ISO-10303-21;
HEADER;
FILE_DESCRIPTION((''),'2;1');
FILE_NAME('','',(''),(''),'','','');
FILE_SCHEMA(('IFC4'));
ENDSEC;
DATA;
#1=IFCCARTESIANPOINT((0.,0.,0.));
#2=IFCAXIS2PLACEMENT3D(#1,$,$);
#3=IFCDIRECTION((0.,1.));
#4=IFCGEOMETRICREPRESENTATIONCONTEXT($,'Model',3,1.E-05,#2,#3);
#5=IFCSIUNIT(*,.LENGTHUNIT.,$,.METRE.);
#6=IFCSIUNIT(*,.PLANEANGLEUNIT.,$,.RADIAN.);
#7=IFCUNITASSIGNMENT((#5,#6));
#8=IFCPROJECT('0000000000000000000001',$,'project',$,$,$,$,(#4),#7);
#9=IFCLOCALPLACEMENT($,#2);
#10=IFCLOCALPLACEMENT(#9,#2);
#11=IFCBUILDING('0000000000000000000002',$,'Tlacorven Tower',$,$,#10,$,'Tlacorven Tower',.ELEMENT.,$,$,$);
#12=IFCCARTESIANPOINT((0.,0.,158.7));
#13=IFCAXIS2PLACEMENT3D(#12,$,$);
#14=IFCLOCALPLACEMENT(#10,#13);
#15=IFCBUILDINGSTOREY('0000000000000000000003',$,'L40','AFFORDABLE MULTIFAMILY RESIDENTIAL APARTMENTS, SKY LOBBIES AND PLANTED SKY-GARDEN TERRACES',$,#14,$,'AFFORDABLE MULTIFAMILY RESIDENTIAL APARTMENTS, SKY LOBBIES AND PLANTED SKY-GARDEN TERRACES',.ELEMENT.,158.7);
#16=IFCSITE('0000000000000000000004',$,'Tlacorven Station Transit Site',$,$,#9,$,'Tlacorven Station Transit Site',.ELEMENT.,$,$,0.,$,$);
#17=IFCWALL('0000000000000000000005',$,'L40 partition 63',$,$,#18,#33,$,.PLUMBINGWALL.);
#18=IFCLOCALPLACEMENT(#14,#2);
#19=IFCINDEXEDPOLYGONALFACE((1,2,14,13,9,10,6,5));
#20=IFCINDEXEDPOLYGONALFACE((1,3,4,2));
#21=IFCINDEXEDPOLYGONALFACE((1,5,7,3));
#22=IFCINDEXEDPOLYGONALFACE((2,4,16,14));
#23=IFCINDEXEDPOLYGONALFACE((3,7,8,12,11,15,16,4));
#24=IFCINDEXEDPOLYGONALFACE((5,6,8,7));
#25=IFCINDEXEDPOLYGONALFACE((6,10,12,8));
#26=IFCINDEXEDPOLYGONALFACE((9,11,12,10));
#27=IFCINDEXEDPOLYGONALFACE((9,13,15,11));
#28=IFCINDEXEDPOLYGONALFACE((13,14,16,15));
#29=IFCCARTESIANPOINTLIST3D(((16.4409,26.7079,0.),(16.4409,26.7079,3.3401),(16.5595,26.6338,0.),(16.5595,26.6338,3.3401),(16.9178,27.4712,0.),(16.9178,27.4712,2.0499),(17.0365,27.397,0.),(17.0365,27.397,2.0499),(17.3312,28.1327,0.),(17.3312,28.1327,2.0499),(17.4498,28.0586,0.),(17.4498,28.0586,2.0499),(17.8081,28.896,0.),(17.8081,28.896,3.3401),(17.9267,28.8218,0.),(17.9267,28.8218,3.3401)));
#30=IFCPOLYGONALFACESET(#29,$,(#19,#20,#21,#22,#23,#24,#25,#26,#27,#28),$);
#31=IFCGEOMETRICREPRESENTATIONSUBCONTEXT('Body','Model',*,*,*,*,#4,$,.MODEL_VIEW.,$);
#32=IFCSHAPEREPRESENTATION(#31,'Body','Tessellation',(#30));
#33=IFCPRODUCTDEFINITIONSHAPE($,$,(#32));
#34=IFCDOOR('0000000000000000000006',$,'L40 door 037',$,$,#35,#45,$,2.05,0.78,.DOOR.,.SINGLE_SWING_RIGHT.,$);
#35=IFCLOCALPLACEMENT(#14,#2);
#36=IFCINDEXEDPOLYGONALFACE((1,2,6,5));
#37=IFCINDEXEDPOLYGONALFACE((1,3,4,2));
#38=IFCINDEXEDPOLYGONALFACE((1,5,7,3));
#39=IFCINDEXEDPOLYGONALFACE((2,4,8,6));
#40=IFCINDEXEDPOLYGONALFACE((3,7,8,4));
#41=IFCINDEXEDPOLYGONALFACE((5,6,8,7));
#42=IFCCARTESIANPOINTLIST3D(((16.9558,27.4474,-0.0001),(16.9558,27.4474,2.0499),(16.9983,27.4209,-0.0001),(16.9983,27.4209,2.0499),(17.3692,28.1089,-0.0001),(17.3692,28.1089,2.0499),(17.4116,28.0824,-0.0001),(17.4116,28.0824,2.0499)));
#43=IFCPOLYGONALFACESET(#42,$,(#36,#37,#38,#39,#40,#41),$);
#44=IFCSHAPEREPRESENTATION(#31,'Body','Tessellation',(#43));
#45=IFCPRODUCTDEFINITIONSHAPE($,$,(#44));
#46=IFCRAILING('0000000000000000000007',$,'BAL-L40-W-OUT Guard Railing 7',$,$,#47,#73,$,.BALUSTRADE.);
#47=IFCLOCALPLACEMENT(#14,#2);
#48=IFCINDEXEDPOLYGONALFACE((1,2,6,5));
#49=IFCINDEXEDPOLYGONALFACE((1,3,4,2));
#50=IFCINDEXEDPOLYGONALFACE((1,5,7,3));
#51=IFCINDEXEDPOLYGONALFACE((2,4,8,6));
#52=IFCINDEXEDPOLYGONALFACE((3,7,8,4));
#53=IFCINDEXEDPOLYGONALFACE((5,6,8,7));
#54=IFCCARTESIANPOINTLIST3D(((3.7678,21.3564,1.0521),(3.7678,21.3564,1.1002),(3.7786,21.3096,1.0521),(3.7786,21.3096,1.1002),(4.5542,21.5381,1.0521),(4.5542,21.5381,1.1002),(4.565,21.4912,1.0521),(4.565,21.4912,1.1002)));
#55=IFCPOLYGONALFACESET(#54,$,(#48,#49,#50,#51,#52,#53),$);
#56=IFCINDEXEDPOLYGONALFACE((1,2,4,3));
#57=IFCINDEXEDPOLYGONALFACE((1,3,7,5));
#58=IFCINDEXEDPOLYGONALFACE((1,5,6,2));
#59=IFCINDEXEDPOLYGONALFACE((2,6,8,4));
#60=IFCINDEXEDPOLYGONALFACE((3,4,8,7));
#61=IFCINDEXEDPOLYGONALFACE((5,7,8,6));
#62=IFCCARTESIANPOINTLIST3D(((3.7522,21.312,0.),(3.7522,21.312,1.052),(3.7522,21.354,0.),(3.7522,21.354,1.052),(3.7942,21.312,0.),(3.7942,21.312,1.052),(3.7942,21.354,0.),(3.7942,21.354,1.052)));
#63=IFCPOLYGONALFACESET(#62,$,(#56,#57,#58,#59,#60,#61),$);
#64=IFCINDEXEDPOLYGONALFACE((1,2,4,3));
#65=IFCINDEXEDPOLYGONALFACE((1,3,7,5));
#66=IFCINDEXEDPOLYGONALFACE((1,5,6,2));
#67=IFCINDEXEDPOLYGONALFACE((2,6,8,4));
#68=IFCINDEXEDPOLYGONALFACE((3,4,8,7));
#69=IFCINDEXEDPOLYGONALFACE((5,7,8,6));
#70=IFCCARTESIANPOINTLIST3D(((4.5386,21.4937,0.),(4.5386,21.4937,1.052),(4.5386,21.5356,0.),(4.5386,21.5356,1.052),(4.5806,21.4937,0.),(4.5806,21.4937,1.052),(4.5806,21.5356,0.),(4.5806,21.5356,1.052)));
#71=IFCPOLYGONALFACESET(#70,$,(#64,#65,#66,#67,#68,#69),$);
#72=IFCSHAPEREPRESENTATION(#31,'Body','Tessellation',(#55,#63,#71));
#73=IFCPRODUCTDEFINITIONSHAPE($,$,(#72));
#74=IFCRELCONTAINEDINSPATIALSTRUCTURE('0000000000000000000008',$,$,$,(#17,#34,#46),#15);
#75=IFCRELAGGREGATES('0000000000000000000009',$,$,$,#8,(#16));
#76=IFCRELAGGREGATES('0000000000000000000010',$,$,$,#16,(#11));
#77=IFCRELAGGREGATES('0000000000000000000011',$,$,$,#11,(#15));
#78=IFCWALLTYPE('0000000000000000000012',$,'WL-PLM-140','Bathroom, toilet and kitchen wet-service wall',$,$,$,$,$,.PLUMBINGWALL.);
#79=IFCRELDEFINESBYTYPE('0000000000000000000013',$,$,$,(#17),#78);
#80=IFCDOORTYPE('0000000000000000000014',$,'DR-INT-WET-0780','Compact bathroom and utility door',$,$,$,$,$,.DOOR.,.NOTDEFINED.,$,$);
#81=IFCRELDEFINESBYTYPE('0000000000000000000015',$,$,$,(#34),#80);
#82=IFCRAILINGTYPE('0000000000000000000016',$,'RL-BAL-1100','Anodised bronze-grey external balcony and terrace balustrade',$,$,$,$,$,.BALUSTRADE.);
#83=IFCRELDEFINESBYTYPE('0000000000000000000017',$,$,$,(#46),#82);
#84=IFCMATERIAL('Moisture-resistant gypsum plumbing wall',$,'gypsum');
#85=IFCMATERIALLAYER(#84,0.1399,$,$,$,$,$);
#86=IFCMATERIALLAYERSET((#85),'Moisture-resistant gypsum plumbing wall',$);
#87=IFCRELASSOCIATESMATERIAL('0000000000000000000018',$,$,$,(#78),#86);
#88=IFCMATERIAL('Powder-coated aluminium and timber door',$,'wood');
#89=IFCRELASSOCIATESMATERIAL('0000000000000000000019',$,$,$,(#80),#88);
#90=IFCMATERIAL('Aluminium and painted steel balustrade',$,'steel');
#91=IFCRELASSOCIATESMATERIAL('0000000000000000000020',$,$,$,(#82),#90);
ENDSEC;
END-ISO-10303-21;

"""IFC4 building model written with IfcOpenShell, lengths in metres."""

from ifc_helpers import new_model, si_unit, direction, frame, frame_2d, origin, origin_2d, place, context, subcontext, project, spatial, rectangle, extrude, source, transform, mapped, material, layer, layer_set, type_object, element, fill, save


model = new_model("IFC4")

# Units and contexts
model_context = context("Model", 3, precision=1e-05, world=origin(), true_north=direction((0.0, 1.0)))
body_context = subcontext(model_context, "Body", "Model", "MODEL_VIEW")
ifc_project = project(units=[si_unit("LENGTHUNIT", "METRE"), si_unit("PLANEANGLEUNIT", "RADIAN")], contexts=[model_context])

# Site, building, storey
site_placement = place(None, origin())
site = spatial("IfcSite", under=ifc_project, at=site_placement, Name="Tlacorven Station Transit Site", LongName="Tlacorven Station Transit Site", CompositionType="ELEMENT", RefElevation=0.0)
building_placement = place(site_placement, origin())
building = spatial("IfcBuilding", under=site, at=building_placement, Name="Tlacorven Tower", LongName="Tlacorven Tower", CompositionType="ELEMENT")
storey_placement = place(building_placement, frame((0.0, 0.0, 158.7)))
storey = spatial("IfcBuildingStorey", under=building, at=storey_placement, Name="L40", Description="AFFORDABLE MULTIFAMILY RESIDENTIAL APARTMENTS, SKY LOBBIES AND PLANTED SKY-GARDEN TERRACES", LongName="AFFORDABLE MULTIFAMILY RESIDENTIAL APARTMENTS, SKY LOBBIES AND PLANTED SKY-GARDEN TERRACES", CompositionType="ELEMENT", Elevation=158.7)

# Wall, opening, door
ifc_material_1 = material(Name="Moisture-resistant gypsum plumbing wall", Category="gypsum")
ifc_layer_1 = layer(ifc_material_1, 0.1399)
ifc_layer_set_1 = layer_set([ifc_layer_1], Name="Moisture-resistant gypsum plumbing wall")
wall_type_1 = type_object("IfcWallType", Name="WL-PLM-140", Description="Bathroom, toilet and kitchen wet-service wall", PredefinedType="PLUMBINGWALL", material=ifc_layer_set_1)
ifc_material_2 = material(Name="Powder-coated aluminium and timber door", Category="wood")
door_type_1 = type_object("IfcDoorType", Name="DR-INT-WET-0780", Description="Compact bathroom and utility door", OperationType="NOTDEFINED", PredefinedType="DOOR", material=ifc_material_2)
shared_shape_1 = source(origin(), body_context, "Body", "SweptSolid", [
    extrude(rectangle(XDim=0.78, YDim=2.05, at=frame_2d((0.3901, 1.0249))), frame((0.0, 0.0249, 0.0), z_axis=(0.0, -1.0, 0.0), x_axis=(1.0, 0.0, 0.0)), (0.0, 0.0, 1.0), 0.05),
])
wall_1_placement = place(storey_placement, frame((17.8674, 28.8589, 0.0), z_axis=(0.0, 0.0, 1.0), x_axis=(-0.529914, -0.848051, 0.0)))
wall_1 = element("IfcWall", 1, at=wall_1_placement, inside=storey, type_object=wall_type_1, Name="L40 partition 63", PredefinedType="PLUMBINGWALL", context=body_context, shape_type="SweptSolid", body=[
    extrude(rectangle(XDim=2.5801, YDim=0.1399, at=frame_2d((1.29, 0.0))), origin(), (0.0, 0.0, 1.0), 3.3401),
])
opening_1_placement = place(wall_1_placement, frame((0.8999, 0.0, 0.0)))
opening_1 = element("IfcOpeningElement", 2, at=opening_1_placement, cuts=wall_1, PredefinedType="OPENING", context=body_context, shape_type="SweptSolid", body=[
    extrude(rectangle(XDim=0.78, YDim=2.05, at=frame_2d((0.3901, 1.0249))), frame((0.0, 0.0801, 0.0), z_axis=(0.0, -1.0, 0.0), x_axis=(1.0, 0.0, 0.0)), (0.0, 0.0, 1.0), 0.1599),
])
door_1_placement = place(opening_1_placement, origin())
door_1 = element("IfcDoor", 3, at=door_1_placement, inside=storey, type_object=door_type_1, Name="L40 door 037", OperationType="SINGLE_SWING_RIGHT", OverallHeight=2.05, OverallWidth=0.78, PredefinedType="DOOR", context=body_context, shape_type="MappedRepresentation", body=[
    mapped(shared_shape_1, transform((0.0, 0.0, 0.0), scale=1.0)),
])
fill(opening_1, door_1)

# Railing
ifc_material_3 = material(Name="Aluminium and painted steel balustrade", Category="steel")
railing_type = type_object("IfcRailingType", Name="RL-BAL-1100", Description="Anodised bronze-grey external balcony and terrace balustrade", PredefinedType="BALUSTRADE", material=ifc_material_3)
shared_shape_2 = source(origin(), body_context, "Body", "SweptSolid", [
    extrude(rectangle(XDim=0.0481, YDim=0.0481, at=origin_2d()), frame((0.0, 0.0, 1.0762), z_axis=(0.974345, 0.225058, 0.0), x_axis=(-0.225058, 0.974345, 0.0)), (0.0, 0.0, 1.0), 0.8071),
    extrude(rectangle(XDim=0.042, YDim=0.042, at=origin_2d()), origin(), (0.0, 0.0, 1.0), 1.052),
    extrude(rectangle(XDim=0.042, YDim=0.042, at=origin_2d()), frame((0.7864, 0.1816, 0.0)), (0.0, 0.0, 1.0), 1.052),
])
railing_placement = place(storey_placement, frame((3.7732, 21.333, 0.0)))
element("IfcRailing", 4, at=railing_placement, inside=storey, type_object=railing_type, Name="BAL-L40-W-OUT Guard Railing 7", PredefinedType="BALUSTRADE", context=body_context, shape_type="MappedRepresentation", body=[
    mapped(shared_shape_2, transform((0.0, 0.0, 0.0), scale=1.0)),
])

save(model, "model.ifc")
